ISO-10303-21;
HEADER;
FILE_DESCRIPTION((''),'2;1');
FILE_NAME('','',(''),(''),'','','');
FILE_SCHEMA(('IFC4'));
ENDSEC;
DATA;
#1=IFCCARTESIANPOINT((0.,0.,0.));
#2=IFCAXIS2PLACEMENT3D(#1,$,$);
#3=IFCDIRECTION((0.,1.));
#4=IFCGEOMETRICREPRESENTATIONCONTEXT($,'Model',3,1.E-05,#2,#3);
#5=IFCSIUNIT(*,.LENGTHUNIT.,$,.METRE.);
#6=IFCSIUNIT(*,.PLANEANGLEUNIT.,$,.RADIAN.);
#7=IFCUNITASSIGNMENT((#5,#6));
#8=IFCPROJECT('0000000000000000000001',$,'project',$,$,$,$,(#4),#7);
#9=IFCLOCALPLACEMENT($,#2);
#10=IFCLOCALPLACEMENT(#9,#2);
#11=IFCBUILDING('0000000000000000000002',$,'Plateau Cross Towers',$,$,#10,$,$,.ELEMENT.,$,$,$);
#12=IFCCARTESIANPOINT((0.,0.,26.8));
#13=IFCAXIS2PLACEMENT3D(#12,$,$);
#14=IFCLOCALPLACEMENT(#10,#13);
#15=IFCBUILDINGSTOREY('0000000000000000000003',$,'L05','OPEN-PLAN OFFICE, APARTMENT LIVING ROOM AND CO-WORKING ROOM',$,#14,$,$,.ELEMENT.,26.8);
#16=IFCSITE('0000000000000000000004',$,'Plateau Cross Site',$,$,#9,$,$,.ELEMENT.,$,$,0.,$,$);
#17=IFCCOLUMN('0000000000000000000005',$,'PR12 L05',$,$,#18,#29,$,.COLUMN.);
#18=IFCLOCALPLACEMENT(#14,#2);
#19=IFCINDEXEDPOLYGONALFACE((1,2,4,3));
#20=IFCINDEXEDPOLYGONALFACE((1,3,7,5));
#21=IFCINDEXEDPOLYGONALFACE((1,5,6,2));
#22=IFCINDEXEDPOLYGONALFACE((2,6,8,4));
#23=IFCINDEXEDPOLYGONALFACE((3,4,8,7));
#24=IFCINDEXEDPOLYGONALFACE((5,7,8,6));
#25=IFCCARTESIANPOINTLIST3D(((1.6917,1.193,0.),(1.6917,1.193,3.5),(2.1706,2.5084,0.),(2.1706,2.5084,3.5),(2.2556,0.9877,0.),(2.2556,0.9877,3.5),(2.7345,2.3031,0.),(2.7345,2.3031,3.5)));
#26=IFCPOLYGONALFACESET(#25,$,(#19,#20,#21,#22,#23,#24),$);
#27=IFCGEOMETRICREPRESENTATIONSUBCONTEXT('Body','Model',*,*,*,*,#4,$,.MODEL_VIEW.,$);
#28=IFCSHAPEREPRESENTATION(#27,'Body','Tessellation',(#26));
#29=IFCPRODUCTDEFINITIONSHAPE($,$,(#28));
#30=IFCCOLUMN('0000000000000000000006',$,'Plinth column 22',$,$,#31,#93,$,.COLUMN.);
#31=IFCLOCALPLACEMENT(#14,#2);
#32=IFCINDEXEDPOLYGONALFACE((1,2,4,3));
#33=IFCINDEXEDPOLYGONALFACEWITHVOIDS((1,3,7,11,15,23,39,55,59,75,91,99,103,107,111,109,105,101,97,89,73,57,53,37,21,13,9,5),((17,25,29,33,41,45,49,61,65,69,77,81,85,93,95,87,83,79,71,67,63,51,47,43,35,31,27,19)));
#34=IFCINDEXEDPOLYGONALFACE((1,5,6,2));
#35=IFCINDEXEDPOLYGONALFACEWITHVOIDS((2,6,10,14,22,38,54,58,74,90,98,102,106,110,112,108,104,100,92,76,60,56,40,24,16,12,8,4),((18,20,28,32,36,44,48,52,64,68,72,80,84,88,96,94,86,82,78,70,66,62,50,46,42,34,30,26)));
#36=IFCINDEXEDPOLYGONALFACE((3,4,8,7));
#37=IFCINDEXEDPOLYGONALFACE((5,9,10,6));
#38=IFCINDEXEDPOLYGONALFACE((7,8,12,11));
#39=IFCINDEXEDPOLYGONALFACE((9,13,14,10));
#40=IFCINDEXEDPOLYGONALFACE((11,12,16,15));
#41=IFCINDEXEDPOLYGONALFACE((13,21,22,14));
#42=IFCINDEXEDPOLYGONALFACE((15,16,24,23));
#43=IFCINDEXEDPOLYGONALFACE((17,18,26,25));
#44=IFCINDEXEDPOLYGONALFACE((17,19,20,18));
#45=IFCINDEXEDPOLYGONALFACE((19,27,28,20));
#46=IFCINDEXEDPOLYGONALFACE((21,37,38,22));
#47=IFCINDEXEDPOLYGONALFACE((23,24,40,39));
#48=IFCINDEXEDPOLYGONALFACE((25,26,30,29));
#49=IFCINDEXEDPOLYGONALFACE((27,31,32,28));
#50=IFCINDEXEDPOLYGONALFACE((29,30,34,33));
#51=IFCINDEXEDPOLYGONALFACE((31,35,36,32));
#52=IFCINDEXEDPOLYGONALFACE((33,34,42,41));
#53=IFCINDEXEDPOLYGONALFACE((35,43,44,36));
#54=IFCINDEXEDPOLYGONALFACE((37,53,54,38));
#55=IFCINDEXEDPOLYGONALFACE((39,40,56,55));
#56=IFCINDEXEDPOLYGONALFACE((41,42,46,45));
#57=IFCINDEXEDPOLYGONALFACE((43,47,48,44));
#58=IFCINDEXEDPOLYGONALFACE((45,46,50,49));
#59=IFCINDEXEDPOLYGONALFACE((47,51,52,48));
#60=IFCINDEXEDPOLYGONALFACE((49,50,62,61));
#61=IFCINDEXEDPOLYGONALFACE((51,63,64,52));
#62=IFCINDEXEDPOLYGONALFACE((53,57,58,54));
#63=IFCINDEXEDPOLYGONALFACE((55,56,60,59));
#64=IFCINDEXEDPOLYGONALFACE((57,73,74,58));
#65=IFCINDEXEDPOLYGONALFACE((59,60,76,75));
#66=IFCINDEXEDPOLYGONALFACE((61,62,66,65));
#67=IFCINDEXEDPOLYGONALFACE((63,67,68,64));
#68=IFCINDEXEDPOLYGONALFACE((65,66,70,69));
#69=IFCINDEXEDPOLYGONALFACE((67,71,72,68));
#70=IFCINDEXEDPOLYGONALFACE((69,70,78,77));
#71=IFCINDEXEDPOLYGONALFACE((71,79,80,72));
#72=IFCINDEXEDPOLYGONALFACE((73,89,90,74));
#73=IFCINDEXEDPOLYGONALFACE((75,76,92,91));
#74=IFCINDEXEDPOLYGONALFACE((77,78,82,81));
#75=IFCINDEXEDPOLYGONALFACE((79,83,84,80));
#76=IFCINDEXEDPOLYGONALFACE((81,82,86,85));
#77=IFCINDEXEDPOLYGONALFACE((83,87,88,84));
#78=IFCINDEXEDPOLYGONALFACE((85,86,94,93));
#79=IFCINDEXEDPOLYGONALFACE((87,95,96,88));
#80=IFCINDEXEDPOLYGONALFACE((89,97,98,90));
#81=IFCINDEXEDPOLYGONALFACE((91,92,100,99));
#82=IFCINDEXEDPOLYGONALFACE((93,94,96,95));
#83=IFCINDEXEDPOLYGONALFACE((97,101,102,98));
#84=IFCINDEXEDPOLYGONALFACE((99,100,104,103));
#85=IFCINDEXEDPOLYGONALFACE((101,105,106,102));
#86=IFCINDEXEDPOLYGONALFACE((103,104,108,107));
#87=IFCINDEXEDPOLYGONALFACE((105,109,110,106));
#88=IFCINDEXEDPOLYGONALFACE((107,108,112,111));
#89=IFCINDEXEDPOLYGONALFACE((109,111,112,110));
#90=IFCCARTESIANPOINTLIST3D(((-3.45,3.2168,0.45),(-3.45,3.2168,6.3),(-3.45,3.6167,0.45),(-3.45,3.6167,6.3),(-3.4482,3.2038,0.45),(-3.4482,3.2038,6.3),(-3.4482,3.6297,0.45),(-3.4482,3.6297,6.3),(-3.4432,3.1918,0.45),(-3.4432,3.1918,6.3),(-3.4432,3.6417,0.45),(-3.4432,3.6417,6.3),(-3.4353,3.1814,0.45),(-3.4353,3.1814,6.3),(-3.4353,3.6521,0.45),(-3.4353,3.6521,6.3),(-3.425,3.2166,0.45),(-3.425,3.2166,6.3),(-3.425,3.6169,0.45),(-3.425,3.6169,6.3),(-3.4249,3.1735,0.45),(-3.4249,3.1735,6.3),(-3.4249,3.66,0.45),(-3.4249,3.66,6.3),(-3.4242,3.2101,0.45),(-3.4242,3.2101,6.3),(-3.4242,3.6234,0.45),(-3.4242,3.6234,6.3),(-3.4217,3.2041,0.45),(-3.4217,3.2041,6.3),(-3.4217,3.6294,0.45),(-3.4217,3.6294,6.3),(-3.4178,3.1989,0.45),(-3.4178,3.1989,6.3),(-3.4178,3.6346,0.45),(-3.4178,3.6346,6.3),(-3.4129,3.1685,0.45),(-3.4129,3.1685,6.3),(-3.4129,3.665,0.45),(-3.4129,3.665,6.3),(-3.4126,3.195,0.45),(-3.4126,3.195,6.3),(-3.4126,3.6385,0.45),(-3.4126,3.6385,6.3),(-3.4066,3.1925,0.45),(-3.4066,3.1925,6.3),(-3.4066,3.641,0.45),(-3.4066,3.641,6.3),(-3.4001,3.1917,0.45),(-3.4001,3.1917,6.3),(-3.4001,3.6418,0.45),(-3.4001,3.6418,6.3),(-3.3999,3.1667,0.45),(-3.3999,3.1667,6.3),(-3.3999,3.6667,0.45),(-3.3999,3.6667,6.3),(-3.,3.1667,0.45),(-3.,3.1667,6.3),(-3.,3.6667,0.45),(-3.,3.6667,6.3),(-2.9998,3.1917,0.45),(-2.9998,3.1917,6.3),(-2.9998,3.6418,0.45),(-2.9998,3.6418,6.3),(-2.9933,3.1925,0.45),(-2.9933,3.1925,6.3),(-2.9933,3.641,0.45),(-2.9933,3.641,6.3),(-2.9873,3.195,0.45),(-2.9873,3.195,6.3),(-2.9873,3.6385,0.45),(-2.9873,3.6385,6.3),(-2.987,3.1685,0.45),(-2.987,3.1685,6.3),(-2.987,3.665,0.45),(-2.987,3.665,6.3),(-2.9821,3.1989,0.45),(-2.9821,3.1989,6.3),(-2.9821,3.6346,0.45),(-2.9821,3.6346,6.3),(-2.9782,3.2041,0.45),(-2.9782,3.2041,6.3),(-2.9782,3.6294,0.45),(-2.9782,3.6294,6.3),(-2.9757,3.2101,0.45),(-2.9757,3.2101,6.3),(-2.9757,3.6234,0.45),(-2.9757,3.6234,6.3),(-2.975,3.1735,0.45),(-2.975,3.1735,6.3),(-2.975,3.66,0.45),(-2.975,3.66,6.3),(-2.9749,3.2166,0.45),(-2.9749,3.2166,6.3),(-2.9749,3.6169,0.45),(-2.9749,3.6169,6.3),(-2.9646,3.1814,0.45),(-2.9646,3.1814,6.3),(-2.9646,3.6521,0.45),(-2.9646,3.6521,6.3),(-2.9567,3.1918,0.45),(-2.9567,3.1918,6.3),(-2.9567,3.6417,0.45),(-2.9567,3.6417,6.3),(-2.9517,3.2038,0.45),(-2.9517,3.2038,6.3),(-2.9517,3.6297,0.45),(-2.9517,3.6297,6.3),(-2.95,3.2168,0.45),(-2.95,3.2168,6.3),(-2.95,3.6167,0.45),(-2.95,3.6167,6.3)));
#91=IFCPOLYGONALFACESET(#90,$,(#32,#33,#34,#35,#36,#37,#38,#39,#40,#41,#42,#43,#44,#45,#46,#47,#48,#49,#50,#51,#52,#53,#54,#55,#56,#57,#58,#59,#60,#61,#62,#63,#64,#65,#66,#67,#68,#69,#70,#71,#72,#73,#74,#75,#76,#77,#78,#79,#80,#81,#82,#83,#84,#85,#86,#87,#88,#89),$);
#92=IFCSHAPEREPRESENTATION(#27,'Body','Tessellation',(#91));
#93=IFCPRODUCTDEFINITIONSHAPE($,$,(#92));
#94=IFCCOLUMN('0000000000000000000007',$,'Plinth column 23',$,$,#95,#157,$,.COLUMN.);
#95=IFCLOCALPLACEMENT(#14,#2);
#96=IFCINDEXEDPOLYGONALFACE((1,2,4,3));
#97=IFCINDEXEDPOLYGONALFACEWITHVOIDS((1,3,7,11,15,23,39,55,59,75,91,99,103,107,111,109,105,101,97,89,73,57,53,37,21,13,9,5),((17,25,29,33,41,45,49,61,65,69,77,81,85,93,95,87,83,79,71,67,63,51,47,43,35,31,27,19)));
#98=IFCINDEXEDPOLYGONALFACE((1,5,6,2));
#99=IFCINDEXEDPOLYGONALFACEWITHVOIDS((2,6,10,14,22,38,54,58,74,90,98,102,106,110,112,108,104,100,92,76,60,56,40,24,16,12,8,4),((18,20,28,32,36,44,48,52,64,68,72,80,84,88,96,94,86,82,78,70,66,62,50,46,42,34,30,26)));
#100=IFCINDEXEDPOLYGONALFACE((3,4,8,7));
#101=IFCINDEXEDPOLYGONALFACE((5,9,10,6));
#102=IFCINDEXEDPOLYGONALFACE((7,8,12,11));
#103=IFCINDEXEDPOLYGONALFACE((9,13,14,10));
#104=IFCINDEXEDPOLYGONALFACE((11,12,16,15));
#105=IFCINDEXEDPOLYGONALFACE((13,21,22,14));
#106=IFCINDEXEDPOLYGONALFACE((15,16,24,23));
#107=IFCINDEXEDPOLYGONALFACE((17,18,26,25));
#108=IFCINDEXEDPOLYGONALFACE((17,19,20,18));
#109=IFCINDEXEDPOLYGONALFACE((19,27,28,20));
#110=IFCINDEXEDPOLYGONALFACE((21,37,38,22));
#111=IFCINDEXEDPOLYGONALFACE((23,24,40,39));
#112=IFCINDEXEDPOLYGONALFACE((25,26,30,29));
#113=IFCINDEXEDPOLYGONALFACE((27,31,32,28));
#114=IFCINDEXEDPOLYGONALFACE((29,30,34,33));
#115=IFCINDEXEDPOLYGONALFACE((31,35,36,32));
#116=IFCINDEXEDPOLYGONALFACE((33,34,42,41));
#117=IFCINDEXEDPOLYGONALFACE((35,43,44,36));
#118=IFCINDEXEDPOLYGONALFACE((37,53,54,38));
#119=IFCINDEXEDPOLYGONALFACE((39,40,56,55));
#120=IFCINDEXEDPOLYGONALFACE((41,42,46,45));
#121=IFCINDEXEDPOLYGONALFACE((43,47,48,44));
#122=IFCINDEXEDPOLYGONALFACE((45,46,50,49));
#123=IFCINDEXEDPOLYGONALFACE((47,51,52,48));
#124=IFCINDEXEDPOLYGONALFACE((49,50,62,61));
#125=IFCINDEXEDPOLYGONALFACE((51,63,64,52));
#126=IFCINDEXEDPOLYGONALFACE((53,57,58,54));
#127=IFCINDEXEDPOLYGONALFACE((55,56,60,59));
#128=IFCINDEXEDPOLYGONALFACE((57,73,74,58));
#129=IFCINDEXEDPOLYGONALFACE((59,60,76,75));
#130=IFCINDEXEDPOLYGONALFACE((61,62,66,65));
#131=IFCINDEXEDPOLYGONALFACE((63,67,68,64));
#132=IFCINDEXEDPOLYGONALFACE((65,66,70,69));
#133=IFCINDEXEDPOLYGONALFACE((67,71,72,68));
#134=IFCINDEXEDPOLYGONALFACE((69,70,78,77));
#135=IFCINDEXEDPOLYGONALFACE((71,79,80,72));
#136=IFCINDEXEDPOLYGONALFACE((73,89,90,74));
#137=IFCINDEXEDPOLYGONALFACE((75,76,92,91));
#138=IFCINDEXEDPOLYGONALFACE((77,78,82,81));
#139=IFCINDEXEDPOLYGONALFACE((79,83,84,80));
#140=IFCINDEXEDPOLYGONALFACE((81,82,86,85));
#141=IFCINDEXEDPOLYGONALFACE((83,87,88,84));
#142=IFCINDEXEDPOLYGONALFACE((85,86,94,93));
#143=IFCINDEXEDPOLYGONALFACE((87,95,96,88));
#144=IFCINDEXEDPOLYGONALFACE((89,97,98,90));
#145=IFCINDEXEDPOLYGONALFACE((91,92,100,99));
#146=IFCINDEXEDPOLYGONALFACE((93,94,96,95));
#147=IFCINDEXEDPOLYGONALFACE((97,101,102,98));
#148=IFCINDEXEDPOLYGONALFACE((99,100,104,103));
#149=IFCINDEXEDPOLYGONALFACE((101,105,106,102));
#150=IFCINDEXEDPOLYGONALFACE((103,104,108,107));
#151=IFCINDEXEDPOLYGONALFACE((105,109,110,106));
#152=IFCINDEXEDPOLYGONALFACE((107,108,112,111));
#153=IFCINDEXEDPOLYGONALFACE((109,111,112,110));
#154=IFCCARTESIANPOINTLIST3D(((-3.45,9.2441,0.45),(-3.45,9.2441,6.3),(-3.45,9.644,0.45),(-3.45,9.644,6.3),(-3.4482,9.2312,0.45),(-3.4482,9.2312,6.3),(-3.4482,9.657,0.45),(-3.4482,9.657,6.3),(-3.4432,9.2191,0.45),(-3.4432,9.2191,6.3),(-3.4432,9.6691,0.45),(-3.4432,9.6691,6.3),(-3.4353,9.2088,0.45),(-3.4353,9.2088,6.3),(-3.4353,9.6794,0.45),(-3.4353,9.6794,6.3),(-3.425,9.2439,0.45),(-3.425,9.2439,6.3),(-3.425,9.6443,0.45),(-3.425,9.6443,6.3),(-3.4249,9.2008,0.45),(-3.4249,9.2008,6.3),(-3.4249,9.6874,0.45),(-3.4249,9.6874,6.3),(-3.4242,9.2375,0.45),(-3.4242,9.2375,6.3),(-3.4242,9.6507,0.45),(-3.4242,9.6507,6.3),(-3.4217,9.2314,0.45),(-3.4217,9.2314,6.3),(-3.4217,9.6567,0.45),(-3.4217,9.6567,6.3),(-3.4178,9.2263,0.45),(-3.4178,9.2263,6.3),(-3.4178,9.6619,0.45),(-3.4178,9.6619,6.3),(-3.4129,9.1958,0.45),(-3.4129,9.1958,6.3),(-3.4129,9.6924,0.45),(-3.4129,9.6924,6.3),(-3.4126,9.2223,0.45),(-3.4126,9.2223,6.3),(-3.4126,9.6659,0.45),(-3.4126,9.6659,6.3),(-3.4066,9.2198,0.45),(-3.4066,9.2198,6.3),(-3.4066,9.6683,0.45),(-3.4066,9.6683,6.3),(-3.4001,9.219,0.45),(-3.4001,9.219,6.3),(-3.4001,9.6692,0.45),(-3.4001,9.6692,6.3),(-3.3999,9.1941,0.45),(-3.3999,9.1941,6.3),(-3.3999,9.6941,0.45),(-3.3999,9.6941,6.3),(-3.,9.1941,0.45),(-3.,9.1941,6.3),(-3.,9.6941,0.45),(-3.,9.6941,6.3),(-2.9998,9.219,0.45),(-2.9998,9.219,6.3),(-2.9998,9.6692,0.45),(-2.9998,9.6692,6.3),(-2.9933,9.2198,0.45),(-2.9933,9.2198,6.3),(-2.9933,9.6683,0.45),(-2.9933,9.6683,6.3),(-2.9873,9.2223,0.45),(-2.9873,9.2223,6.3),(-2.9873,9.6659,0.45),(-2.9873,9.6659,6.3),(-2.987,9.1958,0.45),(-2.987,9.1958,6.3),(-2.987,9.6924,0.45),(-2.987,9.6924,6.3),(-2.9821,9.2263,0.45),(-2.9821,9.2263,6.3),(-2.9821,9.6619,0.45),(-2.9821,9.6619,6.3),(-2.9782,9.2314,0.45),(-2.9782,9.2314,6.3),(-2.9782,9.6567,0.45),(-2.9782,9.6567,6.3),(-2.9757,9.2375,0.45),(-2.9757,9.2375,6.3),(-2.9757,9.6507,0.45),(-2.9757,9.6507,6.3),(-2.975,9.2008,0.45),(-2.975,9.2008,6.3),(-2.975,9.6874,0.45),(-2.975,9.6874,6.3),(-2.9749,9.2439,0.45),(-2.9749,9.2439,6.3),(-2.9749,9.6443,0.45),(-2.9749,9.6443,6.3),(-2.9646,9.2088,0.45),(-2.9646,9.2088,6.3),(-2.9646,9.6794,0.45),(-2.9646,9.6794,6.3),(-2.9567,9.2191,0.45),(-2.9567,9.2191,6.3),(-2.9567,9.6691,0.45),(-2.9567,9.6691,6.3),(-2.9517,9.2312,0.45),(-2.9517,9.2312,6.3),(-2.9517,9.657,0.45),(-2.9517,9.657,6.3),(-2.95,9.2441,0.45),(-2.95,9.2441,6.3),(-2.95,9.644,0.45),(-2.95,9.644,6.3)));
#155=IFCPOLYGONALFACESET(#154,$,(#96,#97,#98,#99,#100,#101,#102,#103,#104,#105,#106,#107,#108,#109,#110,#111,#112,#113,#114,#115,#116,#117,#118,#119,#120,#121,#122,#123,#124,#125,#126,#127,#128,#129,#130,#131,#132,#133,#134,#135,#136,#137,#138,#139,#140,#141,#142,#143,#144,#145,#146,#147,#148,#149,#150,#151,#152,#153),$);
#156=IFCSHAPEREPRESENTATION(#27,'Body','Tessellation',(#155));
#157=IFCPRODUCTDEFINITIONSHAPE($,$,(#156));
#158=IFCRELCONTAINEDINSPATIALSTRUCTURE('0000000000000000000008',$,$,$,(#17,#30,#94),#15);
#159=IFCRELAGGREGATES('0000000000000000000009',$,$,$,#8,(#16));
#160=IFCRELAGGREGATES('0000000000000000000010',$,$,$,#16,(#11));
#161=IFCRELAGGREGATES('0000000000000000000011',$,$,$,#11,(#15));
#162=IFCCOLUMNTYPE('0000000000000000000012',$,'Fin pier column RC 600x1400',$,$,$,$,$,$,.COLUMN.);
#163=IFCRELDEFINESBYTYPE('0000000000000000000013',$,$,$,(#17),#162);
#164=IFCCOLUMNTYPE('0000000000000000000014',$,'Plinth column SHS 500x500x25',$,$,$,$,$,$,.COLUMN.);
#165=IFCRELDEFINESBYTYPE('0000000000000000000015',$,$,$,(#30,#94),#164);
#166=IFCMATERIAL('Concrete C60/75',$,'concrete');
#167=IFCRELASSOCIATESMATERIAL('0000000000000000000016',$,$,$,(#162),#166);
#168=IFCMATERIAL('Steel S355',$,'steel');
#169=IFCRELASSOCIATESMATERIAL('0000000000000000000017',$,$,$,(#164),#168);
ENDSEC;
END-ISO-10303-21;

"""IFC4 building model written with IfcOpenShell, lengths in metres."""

from ifc_helpers import new_model, si_unit, direction, frame, origin, origin_2d, place, context, subcontext, project, spatial, rectangle, hollow_rectangle, extrude, material, material_profile, profile_set, type_object, element, save


model = new_model("IFC4")

# Units and contexts
model_context = context("Model", 3, precision=1e-05, world=origin(), true_north=direction((0.0, 1.0)))
body_context = subcontext(model_context, "Body", "Model", "MODEL_VIEW")
ifc_project = project(units=[si_unit("LENGTHUNIT", "METRE"), si_unit("PLANEANGLEUNIT", "RADIAN")], contexts=[model_context])

# Site, building, storey
site_placement = place(None, origin())
site = spatial("IfcSite", under=ifc_project, at=site_placement, Name="Plateau Cross Site", CompositionType="ELEMENT", RefElevation=0.0)
building_placement = place(site_placement, origin())
building = spatial("IfcBuilding", under=site, at=building_placement, Name="Plateau Cross Towers", CompositionType="ELEMENT")
storey_placement = place(building_placement, frame((0.0, 0.0, 26.8)))
storey = spatial("IfcBuildingStorey", under=building, at=storey_placement, Name="L05", Description="OPEN-PLAN OFFICE, APARTMENT LIVING ROOM AND CO-WORKING ROOM", CompositionType="ELEMENT", Elevation=26.8)

# Columns
ifc_material_1 = material(Name="Concrete C60/75", Category="concrete")
ifc_material_profile_1 = material_profile(ifc_material_1, rectangle(XDim=0.6001, YDim=1.3999, at=origin_2d()), Name="RC 600x1400")
ifc_profile_set_1 = profile_set([ifc_material_profile_1], Name="Concrete C60/75")
column_type_1 = type_object("IfcColumnType", Name="Fin pier column RC 600x1400", PredefinedType="COLUMN", material=ifc_profile_set_1)
column_placement = place(storey_placement, frame((2.2131, 1.748, 0.0), z_axis=(0.0, 0.0, 1.0), x_axis=(-0.939664, 0.342098, 0.0)))
element("IfcColumn", 1, at=column_placement, inside=storey, type_object=column_type_1, Name="PR12 L05", PredefinedType="COLUMN", context=body_context, shape_type="SweptSolid", body=[
    extrude(rectangle(XDim=0.6001, YDim=1.3999, at=origin_2d()), origin(), (0.0, 0.0, 1.0), 3.5),
])
ifc_material_2 = material(Name="Steel S355", Category="steel")
ifc_material_profile_2 = material_profile(ifc_material_2, hollow_rectangle(XDim=0.5, YDim=0.5, WallThickness=0.0249, InnerFilletRadius=0.0249, OuterFilletRadius=0.05, at=origin_2d()), Name="SHS 500x500x25")
ifc_profile_set_2 = profile_set([ifc_material_profile_2], Name="Steel S355")
column_type_2 = type_object("IfcColumnType", Name="Plinth column SHS 500x500x25", PredefinedType="COLUMN", material=ifc_profile_set_2)
for number, where, z_axis, x_axis, name in (
    (2, (-3.2, 3.4167, 0.45), (0.0, 0.0, 1.0), (1.0, 0.0, 0.0), "Plinth column 22"),
    (3, (-3.2, 9.4441, 0.45), (0.0, 0.0, 1.0), (1.0, 0.0, 0.0), "Plinth column 23"),
):
    element("IfcColumn", number, at=place(storey_placement, frame(where, z_axis=z_axis, x_axis=x_axis)), inside=storey, type_object=column_type_2, Name=name, PredefinedType="COLUMN", context=body_context, shape_type="SweptSolid", body=[
        extrude(hollow_rectangle(XDim=0.5, YDim=0.5, WallThickness=0.0249, InnerFilletRadius=0.0249, OuterFilletRadius=0.05, at=origin_2d()), origin(), (0.0, 0.0, 1.0), 5.8501),
    ])

save(model, "model.ifc")
